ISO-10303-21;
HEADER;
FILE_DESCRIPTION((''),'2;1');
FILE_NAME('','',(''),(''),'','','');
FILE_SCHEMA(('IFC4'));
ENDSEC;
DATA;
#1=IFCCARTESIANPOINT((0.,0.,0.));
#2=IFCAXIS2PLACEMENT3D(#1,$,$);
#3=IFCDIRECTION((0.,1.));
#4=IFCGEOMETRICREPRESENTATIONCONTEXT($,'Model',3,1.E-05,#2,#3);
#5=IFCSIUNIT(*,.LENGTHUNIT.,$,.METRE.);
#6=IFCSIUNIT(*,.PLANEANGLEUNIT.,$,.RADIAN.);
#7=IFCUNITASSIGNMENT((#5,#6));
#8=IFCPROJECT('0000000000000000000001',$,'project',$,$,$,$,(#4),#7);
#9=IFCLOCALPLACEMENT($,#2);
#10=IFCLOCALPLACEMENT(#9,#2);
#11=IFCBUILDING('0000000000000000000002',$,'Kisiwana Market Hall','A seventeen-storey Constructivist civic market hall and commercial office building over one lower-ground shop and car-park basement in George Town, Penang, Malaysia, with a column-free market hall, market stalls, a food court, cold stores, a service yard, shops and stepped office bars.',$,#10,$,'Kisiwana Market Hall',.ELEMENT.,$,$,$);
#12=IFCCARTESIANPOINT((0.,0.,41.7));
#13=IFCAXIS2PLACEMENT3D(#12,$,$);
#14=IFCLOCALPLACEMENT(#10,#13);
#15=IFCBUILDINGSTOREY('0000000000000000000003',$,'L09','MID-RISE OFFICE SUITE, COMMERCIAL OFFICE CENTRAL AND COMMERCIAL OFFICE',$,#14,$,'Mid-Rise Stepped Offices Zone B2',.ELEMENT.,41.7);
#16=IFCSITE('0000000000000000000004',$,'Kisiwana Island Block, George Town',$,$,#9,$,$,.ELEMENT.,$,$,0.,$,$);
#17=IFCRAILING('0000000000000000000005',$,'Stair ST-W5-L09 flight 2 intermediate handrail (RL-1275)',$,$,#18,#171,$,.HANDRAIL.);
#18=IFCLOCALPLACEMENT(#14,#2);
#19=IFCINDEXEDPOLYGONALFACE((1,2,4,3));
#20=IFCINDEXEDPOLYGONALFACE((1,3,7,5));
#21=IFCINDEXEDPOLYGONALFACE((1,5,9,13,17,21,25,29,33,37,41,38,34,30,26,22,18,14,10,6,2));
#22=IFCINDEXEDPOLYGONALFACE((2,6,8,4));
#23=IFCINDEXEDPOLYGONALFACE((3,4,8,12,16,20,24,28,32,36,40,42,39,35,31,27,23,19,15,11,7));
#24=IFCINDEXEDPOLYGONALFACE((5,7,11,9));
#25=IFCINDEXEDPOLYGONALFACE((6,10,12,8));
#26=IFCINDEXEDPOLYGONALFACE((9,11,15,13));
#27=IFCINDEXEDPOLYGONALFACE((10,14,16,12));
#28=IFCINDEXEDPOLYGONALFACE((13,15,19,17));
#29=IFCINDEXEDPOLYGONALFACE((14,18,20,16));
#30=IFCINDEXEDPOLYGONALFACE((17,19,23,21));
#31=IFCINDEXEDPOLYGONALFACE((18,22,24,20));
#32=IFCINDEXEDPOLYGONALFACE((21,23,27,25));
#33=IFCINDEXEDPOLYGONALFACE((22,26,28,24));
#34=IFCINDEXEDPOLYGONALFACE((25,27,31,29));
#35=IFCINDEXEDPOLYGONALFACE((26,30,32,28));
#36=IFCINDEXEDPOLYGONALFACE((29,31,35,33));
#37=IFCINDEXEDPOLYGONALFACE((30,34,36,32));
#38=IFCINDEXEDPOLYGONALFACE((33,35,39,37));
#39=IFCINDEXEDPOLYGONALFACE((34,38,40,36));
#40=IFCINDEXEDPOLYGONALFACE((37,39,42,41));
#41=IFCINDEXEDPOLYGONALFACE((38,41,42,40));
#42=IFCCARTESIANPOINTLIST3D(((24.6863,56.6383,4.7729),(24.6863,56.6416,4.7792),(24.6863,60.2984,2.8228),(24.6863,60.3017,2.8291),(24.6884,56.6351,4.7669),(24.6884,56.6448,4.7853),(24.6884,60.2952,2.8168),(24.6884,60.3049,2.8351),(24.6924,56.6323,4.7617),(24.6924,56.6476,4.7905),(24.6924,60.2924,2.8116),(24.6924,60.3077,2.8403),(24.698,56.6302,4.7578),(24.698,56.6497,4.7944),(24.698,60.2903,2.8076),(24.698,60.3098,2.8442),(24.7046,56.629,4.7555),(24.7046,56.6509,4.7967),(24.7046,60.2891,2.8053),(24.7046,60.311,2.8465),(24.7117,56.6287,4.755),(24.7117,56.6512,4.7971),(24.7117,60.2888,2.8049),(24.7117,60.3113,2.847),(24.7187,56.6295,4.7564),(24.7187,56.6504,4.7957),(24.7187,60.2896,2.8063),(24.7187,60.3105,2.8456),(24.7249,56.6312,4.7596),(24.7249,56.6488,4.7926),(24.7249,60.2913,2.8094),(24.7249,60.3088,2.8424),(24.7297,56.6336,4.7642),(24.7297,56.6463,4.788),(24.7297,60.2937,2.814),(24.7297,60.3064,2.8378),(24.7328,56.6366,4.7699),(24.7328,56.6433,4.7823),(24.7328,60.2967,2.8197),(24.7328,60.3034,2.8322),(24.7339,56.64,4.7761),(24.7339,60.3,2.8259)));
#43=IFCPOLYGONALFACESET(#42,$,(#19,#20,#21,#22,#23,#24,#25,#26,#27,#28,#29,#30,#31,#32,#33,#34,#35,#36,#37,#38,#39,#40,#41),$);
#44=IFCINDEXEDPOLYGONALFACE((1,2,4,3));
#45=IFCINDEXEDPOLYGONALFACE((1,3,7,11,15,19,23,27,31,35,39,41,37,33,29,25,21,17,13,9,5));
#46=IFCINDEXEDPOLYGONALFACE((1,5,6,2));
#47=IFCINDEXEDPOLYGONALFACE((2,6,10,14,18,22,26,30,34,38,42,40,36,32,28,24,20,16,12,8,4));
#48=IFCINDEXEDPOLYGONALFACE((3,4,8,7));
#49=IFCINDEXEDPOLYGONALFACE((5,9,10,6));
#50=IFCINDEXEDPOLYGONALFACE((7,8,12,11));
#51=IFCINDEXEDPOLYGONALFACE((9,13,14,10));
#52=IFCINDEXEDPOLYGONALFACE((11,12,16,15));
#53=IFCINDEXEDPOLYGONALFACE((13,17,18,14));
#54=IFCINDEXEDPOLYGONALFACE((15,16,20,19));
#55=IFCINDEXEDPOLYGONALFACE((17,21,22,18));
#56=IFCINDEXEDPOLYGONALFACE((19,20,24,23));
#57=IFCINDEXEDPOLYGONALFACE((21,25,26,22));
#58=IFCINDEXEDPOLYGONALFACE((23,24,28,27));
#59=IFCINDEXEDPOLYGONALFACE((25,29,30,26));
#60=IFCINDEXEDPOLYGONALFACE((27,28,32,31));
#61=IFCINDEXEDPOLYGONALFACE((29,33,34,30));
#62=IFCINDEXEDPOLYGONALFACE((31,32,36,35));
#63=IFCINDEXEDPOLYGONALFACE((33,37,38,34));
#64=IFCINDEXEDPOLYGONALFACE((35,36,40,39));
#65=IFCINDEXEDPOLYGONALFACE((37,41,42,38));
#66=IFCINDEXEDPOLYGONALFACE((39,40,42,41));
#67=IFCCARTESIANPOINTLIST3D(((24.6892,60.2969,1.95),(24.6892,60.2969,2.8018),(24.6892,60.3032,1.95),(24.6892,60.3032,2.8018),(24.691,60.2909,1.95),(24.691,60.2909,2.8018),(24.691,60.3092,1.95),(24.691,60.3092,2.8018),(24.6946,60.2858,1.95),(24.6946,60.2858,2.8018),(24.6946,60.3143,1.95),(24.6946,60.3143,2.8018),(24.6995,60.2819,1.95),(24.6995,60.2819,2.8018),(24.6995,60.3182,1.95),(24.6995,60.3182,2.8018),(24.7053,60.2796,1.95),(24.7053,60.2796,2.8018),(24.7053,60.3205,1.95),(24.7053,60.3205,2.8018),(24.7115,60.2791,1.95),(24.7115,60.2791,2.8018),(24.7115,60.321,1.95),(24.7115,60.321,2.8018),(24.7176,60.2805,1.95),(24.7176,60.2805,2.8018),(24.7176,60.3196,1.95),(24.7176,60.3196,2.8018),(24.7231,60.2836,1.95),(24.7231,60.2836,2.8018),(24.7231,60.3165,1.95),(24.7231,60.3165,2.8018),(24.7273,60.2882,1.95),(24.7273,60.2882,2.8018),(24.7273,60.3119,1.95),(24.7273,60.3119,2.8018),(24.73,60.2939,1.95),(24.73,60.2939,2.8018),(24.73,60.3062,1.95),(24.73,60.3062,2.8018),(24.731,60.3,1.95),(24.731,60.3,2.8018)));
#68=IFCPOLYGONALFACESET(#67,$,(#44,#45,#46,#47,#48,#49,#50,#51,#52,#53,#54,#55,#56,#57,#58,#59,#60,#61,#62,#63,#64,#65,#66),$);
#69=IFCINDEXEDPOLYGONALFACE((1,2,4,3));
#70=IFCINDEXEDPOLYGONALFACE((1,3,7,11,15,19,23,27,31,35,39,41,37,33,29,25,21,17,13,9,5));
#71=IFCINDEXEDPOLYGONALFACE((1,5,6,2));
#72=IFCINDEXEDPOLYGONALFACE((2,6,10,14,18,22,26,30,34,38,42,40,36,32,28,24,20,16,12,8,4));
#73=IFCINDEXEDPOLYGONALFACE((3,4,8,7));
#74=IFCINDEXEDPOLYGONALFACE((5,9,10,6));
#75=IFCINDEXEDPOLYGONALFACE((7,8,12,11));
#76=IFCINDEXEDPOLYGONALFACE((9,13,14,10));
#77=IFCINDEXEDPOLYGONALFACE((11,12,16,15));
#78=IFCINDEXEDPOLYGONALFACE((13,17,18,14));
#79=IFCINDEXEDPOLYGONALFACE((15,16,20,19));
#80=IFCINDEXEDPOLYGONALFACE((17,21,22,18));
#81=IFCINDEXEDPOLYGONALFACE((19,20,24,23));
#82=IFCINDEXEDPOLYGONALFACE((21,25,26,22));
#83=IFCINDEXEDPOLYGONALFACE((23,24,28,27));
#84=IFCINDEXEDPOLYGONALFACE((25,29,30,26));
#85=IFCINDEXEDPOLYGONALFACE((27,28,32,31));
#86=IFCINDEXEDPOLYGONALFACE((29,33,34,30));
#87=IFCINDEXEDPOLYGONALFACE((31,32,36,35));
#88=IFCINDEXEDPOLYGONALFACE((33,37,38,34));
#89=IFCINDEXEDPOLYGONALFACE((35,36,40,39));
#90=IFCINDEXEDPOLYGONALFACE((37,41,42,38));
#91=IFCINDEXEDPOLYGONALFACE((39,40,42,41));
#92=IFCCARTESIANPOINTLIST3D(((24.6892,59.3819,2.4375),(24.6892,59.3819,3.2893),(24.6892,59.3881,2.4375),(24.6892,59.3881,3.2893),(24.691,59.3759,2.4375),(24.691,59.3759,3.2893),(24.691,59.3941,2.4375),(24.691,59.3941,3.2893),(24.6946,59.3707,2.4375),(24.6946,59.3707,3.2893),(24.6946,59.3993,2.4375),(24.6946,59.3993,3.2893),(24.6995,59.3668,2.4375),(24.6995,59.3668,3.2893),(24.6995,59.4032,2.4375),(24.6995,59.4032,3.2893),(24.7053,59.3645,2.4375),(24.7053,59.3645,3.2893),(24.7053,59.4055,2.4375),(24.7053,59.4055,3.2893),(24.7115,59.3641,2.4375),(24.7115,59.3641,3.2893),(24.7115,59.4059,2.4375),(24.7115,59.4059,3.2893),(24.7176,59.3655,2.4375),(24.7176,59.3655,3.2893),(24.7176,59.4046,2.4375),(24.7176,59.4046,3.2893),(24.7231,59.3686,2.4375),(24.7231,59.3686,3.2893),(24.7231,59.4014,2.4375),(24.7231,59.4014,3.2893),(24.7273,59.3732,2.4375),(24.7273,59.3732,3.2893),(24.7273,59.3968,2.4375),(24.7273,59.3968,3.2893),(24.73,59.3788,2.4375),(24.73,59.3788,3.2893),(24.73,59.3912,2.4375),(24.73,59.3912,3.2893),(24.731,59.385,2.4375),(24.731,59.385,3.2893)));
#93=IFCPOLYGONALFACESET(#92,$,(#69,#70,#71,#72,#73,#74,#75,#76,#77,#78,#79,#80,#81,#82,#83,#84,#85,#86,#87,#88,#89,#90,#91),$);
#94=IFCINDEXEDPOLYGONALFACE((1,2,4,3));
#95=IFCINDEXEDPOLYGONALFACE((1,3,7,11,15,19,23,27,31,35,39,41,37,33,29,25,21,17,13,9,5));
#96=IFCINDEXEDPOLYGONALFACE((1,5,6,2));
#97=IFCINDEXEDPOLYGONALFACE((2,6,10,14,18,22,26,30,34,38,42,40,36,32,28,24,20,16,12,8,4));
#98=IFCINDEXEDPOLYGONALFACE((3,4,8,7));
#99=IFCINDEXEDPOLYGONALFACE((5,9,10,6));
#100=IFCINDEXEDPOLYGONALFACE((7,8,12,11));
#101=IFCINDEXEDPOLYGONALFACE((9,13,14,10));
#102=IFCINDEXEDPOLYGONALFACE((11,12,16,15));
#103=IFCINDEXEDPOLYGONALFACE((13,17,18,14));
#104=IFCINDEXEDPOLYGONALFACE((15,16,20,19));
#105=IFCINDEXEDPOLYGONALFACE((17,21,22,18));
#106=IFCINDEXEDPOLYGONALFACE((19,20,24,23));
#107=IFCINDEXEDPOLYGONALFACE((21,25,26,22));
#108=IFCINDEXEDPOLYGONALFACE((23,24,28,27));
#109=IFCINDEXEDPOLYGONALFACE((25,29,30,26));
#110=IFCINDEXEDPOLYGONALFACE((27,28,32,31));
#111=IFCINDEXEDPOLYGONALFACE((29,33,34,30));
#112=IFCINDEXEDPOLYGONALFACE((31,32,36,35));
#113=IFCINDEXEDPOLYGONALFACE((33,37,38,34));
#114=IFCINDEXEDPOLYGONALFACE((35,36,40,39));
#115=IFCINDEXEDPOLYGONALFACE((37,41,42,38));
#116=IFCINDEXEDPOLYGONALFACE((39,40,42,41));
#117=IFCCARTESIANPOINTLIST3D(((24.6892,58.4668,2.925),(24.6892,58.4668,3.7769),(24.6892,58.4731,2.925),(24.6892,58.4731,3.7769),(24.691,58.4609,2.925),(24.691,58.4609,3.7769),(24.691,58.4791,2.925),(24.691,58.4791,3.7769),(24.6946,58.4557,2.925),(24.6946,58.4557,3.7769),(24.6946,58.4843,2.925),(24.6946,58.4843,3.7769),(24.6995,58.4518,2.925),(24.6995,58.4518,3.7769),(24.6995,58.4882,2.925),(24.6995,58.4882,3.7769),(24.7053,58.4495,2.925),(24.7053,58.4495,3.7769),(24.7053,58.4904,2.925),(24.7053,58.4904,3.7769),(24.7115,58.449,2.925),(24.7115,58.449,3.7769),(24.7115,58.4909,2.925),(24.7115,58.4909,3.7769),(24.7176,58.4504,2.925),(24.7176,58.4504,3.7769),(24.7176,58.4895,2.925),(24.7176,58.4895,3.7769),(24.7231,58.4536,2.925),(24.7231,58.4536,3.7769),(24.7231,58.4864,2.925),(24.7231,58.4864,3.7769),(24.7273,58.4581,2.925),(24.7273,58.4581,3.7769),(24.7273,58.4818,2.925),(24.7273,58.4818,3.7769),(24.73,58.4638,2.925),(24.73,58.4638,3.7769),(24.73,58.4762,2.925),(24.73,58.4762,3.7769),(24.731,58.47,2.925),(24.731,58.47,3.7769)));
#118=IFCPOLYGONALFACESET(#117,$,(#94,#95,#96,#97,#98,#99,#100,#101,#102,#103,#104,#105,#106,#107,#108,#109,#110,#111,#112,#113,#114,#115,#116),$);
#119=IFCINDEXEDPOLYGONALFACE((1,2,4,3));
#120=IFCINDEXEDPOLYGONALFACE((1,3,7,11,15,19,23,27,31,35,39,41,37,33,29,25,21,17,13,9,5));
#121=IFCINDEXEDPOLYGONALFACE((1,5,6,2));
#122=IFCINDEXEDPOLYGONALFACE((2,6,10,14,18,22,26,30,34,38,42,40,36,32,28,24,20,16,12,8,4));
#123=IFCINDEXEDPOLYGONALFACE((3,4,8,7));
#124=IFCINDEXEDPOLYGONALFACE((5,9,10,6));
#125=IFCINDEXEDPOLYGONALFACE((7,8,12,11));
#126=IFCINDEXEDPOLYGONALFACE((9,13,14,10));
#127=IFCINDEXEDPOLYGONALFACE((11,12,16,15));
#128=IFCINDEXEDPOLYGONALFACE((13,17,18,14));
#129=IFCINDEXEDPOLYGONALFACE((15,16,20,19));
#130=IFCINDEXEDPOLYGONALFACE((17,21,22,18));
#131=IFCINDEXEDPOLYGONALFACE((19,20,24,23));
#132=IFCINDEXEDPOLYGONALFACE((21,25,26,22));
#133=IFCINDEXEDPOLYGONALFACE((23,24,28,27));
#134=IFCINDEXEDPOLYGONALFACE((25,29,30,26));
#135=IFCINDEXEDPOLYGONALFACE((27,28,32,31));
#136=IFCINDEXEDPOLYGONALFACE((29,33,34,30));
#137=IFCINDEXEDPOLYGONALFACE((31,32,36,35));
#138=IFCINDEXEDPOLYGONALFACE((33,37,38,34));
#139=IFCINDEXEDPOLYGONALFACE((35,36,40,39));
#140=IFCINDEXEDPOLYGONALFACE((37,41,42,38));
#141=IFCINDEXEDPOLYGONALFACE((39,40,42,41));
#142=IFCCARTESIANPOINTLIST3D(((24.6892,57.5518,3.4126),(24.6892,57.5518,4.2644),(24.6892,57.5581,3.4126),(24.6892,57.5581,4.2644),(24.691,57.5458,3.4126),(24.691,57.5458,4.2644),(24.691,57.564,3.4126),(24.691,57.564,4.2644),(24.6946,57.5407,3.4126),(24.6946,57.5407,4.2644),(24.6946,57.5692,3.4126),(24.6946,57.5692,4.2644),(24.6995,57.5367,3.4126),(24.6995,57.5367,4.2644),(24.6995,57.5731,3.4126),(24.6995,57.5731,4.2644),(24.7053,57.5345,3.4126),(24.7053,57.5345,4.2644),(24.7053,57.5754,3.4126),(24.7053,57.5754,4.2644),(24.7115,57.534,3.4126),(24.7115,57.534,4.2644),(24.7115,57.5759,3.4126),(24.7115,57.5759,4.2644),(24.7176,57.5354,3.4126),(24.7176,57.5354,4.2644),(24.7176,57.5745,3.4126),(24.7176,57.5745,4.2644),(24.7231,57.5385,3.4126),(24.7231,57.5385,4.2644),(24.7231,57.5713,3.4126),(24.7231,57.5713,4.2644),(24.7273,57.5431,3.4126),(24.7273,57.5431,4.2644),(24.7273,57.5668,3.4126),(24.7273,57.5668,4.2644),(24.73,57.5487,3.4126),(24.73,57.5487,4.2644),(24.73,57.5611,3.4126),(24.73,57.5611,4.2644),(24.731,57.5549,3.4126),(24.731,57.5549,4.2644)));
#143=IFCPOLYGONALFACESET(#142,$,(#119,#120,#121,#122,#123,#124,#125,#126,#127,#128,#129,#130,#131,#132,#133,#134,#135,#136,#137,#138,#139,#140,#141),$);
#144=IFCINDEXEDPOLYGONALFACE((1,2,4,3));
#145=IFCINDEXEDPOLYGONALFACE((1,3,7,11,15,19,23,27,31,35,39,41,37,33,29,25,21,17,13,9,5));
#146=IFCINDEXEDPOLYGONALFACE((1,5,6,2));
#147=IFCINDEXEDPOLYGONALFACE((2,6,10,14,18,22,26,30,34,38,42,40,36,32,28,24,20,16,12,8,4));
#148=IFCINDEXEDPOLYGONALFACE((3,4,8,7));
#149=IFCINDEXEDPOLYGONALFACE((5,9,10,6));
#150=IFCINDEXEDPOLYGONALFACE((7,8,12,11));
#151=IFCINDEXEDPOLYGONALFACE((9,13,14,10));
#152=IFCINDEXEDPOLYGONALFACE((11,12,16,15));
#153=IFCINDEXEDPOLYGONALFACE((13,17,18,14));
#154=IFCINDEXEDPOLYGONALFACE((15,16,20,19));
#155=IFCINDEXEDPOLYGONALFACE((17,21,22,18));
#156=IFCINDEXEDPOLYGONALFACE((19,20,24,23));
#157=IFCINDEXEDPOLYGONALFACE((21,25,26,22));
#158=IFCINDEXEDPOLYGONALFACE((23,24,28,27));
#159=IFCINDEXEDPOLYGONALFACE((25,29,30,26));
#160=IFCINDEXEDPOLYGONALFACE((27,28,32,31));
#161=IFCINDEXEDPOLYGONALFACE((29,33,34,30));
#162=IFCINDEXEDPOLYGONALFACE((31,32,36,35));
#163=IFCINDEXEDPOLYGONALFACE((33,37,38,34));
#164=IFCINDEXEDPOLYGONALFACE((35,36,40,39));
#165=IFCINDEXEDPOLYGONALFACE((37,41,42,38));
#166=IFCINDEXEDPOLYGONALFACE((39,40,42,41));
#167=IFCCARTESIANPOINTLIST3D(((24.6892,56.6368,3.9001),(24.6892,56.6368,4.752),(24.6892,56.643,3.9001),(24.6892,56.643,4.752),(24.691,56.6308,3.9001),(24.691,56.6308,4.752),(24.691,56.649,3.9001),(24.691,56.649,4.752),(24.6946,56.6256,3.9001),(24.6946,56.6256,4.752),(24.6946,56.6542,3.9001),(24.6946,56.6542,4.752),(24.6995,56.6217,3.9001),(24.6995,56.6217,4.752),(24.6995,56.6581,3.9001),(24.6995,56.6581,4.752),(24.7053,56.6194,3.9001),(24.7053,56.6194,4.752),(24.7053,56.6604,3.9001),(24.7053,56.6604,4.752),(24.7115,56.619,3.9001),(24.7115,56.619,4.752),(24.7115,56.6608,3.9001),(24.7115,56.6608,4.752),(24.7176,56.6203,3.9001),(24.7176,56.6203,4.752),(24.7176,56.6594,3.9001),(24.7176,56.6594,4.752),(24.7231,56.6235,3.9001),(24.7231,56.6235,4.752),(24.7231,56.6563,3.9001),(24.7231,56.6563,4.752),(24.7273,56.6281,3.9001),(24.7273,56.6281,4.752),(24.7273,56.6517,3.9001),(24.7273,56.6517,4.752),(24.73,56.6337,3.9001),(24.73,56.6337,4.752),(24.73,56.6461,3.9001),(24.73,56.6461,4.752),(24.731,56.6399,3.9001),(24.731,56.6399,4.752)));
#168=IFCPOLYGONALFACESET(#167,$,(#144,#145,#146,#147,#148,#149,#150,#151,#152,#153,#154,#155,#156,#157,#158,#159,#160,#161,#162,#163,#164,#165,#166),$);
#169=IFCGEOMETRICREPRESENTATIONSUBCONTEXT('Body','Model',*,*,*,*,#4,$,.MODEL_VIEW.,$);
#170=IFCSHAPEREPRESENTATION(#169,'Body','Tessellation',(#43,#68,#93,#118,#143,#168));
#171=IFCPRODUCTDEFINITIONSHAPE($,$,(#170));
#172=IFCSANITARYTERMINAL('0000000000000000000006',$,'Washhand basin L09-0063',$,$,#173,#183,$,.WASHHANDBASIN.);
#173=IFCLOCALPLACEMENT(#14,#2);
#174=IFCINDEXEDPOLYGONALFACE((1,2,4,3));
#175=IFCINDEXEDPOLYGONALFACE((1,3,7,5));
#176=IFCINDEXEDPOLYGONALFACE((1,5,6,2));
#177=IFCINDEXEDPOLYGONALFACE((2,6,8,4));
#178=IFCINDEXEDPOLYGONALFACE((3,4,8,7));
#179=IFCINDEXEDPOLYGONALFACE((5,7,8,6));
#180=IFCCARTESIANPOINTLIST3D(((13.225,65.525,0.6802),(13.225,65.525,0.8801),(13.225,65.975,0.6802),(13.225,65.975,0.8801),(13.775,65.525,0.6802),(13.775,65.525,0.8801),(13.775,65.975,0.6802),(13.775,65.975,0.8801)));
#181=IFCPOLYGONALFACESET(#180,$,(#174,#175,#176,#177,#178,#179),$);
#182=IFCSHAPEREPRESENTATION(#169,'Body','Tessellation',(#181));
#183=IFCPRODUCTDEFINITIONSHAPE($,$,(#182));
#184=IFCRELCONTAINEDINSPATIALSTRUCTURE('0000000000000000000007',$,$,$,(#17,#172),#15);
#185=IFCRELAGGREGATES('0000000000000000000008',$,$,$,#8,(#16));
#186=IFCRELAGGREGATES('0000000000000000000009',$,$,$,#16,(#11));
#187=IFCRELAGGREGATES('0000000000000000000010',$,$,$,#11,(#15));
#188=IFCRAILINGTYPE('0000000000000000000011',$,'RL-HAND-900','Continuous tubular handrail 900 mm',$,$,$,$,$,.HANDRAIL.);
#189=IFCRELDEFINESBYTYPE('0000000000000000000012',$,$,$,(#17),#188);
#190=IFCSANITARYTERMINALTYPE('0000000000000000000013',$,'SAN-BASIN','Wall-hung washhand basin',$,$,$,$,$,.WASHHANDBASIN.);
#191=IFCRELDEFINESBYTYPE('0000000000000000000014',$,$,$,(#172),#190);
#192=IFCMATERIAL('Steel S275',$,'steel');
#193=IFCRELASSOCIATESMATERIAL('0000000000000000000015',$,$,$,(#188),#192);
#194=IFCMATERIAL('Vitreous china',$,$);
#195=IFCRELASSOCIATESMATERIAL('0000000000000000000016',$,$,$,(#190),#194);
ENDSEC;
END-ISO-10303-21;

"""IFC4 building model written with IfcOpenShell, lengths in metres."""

from ifc_helpers import new_model, si_unit, direction, frame, origin, origin_2d, place, context, subcontext, project, spatial, rectangle, circle, extrude, material, type_object, element, save


model = new_model("IFC4")

# Units and contexts
model_context = context("Model", 3, precision=1e-05, world=origin(), true_north=direction((0.0, 1.0)))
body_context = subcontext(model_context, "Body", "Model", "MODEL_VIEW")
ifc_project = project(units=[si_unit("LENGTHUNIT", "METRE"), si_unit("PLANEANGLEUNIT", "RADIAN")], contexts=[model_context])

# Site, building, storey
site_placement = place(None, origin())
site = spatial("IfcSite", under=ifc_project, at=site_placement, Name="Kisiwana Island Block, George Town", CompositionType="ELEMENT", RefElevation=0.0)
building_placement = place(site_placement, origin())
building = spatial("IfcBuilding", under=site, at=building_placement, Name="Kisiwana Market Hall", Description="A seventeen-storey Constructivist civic market hall and commercial office building over one lower-ground shop and car-park basement in George Town, Penang, Malaysia, with a column-free market hall, market stalls, a food court, cold stores, a service yard, shops and stepped office bars.", LongName="Kisiwana Market Hall", CompositionType="ELEMENT")
storey_placement = place(building_placement, frame((0.0, 0.0, 41.7)))
storey = spatial("IfcBuildingStorey", under=building, at=storey_placement, Name="L09", Description="MID-RISE OFFICE SUITE, COMMERCIAL OFFICE CENTRAL AND COMMERCIAL OFFICE", LongName="Mid-Rise Stepped Offices Zone B2", CompositionType="ELEMENT", Elevation=41.7)

# Railing
ifc_material_1 = material(Name="Steel S275", Category="steel")
railing_type_1 = type_object("IfcRailingType", Name="RL-HAND-900", Description="Continuous tubular handrail 900 mm", PredefinedType="HANDRAIL", material=ifc_material_1)
railing_1_placement = place(storey_placement, frame((24.71, 60.3, 1.95)))
element("IfcRailing", 1, at=railing_1_placement, inside=storey, type_object=railing_type_1, Name="Stair ST-W5-L09 flight 2 intermediate handrail (RL-1275)", PredefinedType="HANDRAIL", context=body_context, shape_type="SweptSolid", body=[
    extrude(circle(Radius=0.0239, at=origin_2d()), frame((0.0, 0.0, 0.876), z_axis=(0.0, -0.882542, 0.470234), x_axis=(1.0, 0.0, 0.0)), (0.0, 0.0, 1.0), 4.1472),
    extrude(circle(Radius=0.021, at=origin_2d()), origin(), (0.0, 0.0, 1.0), 0.8518),
    extrude(circle(Radius=0.021, at=origin_2d()), frame((0.0, -0.915, 0.4875)), (0.0, 0.0, 1.0), 0.8518),
    extrude(circle(Radius=0.021, at=origin_2d()), frame((0.0, -1.8301, 0.9751)), (0.0, 0.0, 1.0), 0.8518),
    extrude(circle(Radius=0.021, at=origin_2d()), frame((0.0, -2.7451, 1.4626)), (0.0, 0.0, 1.0), 0.8518),
    extrude(circle(Radius=0.021, at=origin_2d()), frame((0.0, -3.6602, 1.9502)), (0.0, 0.0, 1.0), 0.8518),
])

# Sanitary terminal
ifc_material_2 = material(Name="Vitreous china")
sanitary_terminal_type = type_object("IfcSanitaryTerminalType", Name="SAN-BASIN", Description="Wall-hung washhand basin", PredefinedType="WASHHANDBASIN", material=ifc_material_2)
sanitary_terminal_placement = place(storey_placement, frame((13.5, 65.75, 0.6802), z_axis=(0.0, 0.0, 1.0), x_axis=(1.0, 0.0, 0.0)))
element("IfcSanitaryTerminal", 2, at=sanitary_terminal_placement, inside=storey, type_object=sanitary_terminal_type, Name="Washhand basin L09-0063", PredefinedType="WASHHANDBASIN", context=body_context, shape_type="SweptSolid", body=[
    extrude(rectangle(XDim=0.55, YDim=0.45, at=origin_2d()), origin(), (0.0, 0.0, 1.0), 0.2),
])

save(model, "model.ifc")
